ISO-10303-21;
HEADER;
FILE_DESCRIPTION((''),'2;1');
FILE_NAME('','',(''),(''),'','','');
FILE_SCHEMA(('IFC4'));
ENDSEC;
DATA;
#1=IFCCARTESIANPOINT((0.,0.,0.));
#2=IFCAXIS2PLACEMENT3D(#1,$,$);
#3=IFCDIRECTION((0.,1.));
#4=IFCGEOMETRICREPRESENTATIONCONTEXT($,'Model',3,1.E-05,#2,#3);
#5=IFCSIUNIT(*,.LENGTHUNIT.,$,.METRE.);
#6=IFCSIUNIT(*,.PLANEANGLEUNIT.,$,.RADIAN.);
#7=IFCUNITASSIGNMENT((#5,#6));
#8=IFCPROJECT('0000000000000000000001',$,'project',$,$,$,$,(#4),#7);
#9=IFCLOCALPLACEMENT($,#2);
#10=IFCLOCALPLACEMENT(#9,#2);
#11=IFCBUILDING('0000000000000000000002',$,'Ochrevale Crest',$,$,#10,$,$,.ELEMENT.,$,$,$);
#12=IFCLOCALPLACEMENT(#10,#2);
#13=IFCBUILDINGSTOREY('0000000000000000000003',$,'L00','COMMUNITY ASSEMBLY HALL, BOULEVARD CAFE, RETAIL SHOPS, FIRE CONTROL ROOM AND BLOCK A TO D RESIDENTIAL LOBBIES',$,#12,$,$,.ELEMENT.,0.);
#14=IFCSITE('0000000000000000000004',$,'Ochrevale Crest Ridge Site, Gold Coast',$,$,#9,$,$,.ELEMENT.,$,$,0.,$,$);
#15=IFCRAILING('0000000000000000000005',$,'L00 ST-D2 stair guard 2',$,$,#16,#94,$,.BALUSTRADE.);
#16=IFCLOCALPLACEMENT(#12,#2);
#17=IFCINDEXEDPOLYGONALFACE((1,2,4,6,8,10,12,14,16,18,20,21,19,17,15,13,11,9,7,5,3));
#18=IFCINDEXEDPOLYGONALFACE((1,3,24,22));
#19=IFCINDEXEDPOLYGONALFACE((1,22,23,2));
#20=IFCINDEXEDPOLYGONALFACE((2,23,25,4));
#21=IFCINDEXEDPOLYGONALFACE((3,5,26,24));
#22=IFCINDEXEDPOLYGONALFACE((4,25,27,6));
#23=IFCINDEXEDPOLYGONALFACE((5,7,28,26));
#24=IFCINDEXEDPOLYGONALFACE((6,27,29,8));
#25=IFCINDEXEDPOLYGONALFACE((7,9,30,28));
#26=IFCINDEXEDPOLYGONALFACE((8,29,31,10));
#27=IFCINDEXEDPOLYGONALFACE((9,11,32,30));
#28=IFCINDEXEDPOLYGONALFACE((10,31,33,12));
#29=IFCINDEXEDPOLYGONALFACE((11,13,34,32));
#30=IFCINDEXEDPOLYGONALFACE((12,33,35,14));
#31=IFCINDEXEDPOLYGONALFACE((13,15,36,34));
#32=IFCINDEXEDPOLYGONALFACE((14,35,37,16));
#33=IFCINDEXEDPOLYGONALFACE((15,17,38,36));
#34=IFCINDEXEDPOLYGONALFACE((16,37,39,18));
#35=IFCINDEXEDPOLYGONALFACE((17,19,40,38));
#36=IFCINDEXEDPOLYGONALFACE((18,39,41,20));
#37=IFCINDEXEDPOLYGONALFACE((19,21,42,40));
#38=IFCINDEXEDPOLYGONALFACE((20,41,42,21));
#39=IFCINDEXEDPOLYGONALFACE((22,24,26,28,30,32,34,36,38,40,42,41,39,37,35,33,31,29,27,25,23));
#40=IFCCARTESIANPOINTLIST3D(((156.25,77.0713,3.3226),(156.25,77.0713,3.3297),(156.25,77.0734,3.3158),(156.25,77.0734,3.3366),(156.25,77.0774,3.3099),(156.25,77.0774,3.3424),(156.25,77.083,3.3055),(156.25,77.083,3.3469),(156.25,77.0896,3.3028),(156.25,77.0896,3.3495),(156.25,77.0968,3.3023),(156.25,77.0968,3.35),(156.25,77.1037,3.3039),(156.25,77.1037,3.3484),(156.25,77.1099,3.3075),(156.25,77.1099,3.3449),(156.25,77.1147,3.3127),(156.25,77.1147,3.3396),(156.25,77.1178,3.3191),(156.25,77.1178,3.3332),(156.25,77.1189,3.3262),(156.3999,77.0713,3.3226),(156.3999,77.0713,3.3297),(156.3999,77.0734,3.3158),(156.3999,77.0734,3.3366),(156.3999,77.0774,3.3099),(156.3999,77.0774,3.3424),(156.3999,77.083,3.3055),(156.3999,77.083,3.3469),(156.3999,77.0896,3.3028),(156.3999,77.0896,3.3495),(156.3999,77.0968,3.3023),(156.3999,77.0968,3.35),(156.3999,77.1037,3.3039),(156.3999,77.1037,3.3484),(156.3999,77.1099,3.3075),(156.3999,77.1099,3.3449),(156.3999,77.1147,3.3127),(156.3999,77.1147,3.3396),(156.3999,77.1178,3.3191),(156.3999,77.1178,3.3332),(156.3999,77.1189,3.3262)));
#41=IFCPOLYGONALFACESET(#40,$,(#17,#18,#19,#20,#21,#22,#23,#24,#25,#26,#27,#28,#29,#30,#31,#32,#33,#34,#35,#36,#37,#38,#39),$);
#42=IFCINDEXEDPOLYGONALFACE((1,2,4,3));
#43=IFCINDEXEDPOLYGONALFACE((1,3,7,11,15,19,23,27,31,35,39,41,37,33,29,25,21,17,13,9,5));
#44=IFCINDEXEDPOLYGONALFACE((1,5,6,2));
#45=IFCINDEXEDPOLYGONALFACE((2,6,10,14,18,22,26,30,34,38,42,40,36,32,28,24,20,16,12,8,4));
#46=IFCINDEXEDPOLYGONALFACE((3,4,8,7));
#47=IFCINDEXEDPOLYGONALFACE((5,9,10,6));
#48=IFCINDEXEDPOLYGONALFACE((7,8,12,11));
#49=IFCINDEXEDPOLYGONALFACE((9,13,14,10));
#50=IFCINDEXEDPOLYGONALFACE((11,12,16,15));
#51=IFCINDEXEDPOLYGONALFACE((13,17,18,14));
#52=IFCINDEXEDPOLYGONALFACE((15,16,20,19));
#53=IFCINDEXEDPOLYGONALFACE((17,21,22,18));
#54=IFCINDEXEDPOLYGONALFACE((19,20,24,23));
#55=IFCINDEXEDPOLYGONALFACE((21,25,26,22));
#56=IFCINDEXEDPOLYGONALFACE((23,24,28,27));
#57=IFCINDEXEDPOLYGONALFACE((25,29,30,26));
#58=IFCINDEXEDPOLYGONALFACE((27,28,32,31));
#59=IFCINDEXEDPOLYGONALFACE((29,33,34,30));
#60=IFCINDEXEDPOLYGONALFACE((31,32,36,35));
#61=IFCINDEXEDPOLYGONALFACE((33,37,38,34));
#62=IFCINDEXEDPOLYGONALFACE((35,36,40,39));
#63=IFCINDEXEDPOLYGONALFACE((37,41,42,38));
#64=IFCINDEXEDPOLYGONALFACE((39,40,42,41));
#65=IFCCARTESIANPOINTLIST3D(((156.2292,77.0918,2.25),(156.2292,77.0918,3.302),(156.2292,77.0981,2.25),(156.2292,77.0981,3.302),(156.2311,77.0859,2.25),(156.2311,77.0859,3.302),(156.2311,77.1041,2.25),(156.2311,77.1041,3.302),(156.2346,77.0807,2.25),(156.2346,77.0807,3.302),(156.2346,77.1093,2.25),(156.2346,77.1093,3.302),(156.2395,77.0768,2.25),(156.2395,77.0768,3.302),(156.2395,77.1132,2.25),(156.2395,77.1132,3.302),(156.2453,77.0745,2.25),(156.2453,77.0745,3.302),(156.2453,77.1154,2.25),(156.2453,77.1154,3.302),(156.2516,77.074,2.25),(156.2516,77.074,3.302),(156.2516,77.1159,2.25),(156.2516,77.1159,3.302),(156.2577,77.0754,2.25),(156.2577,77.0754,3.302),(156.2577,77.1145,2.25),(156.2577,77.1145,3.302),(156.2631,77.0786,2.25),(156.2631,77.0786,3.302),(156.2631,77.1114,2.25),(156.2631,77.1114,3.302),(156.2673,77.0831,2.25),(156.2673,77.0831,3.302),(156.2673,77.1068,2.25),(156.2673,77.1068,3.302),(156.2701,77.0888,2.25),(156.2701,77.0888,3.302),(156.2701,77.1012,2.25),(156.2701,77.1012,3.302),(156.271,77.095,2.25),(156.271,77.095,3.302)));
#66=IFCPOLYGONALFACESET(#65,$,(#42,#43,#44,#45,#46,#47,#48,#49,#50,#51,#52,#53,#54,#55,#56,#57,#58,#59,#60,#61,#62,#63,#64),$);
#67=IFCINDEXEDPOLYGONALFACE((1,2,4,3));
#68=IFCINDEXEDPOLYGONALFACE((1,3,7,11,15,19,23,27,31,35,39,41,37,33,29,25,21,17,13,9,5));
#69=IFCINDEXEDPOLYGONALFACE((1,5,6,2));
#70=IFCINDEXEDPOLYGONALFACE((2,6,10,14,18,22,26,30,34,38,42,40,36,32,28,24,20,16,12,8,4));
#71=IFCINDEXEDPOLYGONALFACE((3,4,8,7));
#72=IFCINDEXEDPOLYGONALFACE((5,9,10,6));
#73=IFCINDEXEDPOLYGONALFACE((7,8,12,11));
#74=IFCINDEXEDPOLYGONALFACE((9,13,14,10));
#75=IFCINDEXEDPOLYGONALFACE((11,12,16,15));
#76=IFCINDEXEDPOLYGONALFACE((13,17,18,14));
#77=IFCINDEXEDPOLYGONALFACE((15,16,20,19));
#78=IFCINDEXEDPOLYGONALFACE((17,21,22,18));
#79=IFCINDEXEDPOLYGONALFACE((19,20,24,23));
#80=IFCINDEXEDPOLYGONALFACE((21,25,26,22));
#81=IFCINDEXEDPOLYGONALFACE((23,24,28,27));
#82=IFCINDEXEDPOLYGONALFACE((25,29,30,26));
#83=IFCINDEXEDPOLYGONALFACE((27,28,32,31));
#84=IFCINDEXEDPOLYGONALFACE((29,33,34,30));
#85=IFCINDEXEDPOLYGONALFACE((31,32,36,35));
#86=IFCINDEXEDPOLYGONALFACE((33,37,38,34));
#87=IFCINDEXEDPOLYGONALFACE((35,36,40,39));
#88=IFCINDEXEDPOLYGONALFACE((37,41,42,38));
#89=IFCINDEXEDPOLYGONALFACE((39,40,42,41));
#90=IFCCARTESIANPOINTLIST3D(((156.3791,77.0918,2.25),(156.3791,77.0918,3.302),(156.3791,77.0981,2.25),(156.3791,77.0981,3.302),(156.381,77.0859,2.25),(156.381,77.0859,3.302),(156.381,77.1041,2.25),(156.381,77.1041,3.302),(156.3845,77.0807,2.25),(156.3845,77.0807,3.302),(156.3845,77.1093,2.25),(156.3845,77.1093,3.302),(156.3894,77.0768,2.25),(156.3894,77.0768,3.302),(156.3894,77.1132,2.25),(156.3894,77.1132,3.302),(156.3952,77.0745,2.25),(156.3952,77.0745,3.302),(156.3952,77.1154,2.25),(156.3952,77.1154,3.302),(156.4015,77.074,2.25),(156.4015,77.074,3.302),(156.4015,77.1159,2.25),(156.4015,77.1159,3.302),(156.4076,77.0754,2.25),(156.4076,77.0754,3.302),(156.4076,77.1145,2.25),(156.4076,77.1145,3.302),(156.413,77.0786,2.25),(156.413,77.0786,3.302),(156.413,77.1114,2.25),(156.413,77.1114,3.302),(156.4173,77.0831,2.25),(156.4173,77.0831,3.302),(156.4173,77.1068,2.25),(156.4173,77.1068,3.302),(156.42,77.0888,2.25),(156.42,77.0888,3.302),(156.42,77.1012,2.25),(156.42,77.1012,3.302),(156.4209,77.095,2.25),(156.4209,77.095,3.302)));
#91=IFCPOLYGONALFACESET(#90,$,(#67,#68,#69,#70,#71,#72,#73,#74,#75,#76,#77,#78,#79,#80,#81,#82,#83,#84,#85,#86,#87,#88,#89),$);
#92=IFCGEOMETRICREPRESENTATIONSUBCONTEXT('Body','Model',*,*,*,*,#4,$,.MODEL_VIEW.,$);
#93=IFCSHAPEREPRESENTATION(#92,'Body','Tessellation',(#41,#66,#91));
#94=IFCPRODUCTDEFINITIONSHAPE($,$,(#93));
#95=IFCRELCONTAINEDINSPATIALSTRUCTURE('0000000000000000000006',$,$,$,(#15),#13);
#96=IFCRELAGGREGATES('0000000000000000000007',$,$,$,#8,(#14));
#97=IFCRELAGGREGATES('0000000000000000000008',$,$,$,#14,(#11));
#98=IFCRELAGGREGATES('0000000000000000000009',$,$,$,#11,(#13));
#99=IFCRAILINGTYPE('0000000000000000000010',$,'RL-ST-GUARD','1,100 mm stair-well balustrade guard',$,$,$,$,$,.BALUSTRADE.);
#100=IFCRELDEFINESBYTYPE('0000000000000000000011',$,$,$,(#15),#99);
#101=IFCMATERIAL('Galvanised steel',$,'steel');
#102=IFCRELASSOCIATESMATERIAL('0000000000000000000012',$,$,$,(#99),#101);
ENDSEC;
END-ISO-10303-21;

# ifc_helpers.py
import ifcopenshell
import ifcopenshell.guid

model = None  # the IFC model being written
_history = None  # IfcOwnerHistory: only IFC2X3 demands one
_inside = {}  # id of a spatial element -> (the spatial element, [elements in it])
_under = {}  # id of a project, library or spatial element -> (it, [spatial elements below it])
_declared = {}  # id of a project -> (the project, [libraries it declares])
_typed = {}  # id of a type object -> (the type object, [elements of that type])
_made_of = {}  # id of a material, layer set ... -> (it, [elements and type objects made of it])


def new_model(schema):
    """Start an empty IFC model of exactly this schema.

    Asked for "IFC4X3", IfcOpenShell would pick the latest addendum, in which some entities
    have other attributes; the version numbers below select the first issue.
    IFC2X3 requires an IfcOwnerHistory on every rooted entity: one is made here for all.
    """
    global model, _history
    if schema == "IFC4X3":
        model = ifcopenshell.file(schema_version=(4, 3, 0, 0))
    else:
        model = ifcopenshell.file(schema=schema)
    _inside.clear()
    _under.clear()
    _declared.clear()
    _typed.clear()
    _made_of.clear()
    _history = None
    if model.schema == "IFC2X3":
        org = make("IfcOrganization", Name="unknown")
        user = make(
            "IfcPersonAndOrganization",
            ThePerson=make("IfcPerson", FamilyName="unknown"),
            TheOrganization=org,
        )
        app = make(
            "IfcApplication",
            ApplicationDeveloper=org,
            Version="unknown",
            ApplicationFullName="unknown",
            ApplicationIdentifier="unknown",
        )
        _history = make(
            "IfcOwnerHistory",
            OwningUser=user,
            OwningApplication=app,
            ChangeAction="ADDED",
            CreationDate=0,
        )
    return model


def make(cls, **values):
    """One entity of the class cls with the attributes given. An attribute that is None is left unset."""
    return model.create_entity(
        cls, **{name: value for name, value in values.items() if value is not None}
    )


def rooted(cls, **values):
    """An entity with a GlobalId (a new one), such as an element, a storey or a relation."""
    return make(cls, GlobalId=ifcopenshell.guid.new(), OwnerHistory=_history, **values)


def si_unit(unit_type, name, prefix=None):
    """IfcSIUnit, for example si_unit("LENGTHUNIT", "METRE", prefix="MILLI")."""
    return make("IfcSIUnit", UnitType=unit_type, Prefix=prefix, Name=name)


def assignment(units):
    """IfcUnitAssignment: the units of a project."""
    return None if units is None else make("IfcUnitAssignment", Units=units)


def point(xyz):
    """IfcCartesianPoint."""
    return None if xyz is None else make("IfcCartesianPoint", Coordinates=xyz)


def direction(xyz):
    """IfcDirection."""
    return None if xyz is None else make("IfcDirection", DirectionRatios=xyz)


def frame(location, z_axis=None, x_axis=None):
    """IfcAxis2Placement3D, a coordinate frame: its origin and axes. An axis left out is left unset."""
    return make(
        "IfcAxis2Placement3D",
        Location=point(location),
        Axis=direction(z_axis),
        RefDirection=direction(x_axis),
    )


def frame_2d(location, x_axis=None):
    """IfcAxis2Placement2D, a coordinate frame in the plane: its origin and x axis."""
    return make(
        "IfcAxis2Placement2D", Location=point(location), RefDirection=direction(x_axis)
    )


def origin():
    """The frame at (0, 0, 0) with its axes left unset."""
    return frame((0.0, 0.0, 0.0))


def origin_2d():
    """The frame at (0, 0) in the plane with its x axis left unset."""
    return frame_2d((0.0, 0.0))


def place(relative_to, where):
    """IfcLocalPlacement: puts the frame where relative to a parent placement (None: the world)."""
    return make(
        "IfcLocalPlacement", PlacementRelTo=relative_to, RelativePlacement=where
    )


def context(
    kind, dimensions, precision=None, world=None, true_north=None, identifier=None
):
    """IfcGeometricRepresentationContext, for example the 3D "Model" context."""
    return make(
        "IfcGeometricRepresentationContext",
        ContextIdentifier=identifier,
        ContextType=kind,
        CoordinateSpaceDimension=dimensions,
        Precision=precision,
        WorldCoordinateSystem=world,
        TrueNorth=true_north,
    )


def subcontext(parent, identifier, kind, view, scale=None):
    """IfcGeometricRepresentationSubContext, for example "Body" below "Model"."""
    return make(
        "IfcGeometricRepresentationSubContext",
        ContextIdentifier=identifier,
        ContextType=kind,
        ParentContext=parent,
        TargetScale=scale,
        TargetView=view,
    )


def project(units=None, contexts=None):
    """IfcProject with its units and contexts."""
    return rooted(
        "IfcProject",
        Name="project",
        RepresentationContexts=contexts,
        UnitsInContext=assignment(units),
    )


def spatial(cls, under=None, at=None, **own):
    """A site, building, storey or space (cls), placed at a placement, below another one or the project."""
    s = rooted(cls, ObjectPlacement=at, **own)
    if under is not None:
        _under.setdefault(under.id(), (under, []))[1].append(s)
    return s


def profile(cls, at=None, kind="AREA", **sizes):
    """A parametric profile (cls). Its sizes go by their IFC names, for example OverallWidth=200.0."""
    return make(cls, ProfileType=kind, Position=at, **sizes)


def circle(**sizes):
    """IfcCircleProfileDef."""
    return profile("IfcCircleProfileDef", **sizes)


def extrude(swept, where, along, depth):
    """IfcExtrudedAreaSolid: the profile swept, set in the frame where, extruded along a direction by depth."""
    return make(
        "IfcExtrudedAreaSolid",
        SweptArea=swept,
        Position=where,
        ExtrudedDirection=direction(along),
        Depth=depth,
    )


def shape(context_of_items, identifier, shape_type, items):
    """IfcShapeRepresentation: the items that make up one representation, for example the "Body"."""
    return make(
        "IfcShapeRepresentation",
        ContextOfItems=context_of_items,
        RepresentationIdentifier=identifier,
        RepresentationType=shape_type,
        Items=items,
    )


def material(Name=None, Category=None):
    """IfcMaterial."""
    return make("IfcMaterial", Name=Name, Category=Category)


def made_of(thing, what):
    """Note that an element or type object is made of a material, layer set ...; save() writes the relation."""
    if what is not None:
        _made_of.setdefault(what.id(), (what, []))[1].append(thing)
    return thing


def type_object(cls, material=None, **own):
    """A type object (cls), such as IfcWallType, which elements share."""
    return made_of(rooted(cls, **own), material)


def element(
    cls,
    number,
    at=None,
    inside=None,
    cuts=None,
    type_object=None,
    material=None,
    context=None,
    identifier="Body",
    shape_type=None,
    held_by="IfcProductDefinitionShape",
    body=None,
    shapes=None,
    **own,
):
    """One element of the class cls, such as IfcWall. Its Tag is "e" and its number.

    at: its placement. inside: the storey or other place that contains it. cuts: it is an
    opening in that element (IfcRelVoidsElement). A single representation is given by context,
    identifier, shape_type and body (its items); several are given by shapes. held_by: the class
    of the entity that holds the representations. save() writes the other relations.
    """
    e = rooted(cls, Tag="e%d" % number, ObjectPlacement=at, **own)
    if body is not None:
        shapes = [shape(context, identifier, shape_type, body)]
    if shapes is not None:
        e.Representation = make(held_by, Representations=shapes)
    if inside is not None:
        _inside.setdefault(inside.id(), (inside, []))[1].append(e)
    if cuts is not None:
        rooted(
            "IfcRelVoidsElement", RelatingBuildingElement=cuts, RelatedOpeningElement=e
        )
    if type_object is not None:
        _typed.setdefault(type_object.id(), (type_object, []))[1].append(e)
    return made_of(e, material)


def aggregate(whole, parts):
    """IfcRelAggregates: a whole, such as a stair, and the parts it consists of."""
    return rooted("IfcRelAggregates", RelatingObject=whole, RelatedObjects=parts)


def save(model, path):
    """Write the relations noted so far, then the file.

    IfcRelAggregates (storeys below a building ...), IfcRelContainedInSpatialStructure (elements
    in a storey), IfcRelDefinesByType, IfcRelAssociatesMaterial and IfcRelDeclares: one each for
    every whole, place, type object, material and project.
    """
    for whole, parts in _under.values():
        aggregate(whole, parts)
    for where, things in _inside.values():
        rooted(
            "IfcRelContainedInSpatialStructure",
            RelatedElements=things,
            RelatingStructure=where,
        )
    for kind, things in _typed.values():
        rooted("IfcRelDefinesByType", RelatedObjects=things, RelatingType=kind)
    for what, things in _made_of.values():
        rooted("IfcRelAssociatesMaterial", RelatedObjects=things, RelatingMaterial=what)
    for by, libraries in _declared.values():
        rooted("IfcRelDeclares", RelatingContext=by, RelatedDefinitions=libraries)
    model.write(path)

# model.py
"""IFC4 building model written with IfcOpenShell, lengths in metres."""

from ifc_helpers import new_model, si_unit, direction, frame, origin, origin_2d, place, context, subcontext, project, spatial, circle, extrude, material, type_object, element, save


model = new_model("IFC4")

# Units and contexts
model_context = context("Model", 3, precision=1e-05, world=origin(), true_north=direction((0.0, 1.0)))
body_context = subcontext(model_context, "Body", "Model", "MODEL_VIEW")
ifc_project = project(units=[si_unit("LENGTHUNIT", "METRE"), si_unit("PLANEANGLEUNIT", "RADIAN")], contexts=[model_context])

# Site, building, storey
site_placement = place(None, origin())
site = spatial("IfcSite", under=ifc_project, at=site_placement, Name="Ochrevale Crest Ridge Site, Gold Coast", CompositionType="ELEMENT", RefElevation=0.0)
building_placement = place(site_placement, origin())
building = spatial("IfcBuilding", under=site, at=building_placement, Name="Ochrevale Crest", CompositionType="ELEMENT")
storey_placement = place(building_placement, origin())
storey = spatial("IfcBuildingStorey", under=building, at=storey_placement, Name="L00", Description="COMMUNITY ASSEMBLY HALL, BOULEVARD CAFE, RETAIL SHOPS, FIRE CONTROL ROOM AND BLOCK A TO D RESIDENTIAL LOBBIES", CompositionType="ELEMENT", Elevation=0.0)

# Railing
ifc_material_1 = material(Name="Galvanised steel", Category="steel")
railing_type_1 = type_object("IfcRailingType", Name="RL-ST-GUARD", Description="1,100 mm stair-well balustrade guard", PredefinedType="BALUSTRADE", material=ifc_material_1)
railing_1_placement = place(storey_placement, frame((156.25, 77.095, 2.25)))
element("IfcRailing", 1, at=railing_1_placement, inside=storey, type_object=railing_type_1, Name="L00 ST-D2 stair guard 2", PredefinedType="BALUSTRADE", context=body_context, shape_type="SweptSolid", body=[
    extrude(circle(Radius=0.0239, at=origin_2d()), frame((0.0, 0.0, 1.0762), z_axis=(1.0, 0.0, 0.0), x_axis=(0.0, 1.0, 0.0)), (0.0, 0.0, 1.0), 0.1499),
    extrude(circle(Radius=0.021, at=origin_2d()), origin(), (0.0, 0.0, 1.0), 1.052),
    extrude(circle(Radius=0.021, at=origin_2d()), frame((0.1499, 0.0, 0.0)), (0.0, 0.0, 1.0), 1.052),
])

save(model, "model.ifc")
